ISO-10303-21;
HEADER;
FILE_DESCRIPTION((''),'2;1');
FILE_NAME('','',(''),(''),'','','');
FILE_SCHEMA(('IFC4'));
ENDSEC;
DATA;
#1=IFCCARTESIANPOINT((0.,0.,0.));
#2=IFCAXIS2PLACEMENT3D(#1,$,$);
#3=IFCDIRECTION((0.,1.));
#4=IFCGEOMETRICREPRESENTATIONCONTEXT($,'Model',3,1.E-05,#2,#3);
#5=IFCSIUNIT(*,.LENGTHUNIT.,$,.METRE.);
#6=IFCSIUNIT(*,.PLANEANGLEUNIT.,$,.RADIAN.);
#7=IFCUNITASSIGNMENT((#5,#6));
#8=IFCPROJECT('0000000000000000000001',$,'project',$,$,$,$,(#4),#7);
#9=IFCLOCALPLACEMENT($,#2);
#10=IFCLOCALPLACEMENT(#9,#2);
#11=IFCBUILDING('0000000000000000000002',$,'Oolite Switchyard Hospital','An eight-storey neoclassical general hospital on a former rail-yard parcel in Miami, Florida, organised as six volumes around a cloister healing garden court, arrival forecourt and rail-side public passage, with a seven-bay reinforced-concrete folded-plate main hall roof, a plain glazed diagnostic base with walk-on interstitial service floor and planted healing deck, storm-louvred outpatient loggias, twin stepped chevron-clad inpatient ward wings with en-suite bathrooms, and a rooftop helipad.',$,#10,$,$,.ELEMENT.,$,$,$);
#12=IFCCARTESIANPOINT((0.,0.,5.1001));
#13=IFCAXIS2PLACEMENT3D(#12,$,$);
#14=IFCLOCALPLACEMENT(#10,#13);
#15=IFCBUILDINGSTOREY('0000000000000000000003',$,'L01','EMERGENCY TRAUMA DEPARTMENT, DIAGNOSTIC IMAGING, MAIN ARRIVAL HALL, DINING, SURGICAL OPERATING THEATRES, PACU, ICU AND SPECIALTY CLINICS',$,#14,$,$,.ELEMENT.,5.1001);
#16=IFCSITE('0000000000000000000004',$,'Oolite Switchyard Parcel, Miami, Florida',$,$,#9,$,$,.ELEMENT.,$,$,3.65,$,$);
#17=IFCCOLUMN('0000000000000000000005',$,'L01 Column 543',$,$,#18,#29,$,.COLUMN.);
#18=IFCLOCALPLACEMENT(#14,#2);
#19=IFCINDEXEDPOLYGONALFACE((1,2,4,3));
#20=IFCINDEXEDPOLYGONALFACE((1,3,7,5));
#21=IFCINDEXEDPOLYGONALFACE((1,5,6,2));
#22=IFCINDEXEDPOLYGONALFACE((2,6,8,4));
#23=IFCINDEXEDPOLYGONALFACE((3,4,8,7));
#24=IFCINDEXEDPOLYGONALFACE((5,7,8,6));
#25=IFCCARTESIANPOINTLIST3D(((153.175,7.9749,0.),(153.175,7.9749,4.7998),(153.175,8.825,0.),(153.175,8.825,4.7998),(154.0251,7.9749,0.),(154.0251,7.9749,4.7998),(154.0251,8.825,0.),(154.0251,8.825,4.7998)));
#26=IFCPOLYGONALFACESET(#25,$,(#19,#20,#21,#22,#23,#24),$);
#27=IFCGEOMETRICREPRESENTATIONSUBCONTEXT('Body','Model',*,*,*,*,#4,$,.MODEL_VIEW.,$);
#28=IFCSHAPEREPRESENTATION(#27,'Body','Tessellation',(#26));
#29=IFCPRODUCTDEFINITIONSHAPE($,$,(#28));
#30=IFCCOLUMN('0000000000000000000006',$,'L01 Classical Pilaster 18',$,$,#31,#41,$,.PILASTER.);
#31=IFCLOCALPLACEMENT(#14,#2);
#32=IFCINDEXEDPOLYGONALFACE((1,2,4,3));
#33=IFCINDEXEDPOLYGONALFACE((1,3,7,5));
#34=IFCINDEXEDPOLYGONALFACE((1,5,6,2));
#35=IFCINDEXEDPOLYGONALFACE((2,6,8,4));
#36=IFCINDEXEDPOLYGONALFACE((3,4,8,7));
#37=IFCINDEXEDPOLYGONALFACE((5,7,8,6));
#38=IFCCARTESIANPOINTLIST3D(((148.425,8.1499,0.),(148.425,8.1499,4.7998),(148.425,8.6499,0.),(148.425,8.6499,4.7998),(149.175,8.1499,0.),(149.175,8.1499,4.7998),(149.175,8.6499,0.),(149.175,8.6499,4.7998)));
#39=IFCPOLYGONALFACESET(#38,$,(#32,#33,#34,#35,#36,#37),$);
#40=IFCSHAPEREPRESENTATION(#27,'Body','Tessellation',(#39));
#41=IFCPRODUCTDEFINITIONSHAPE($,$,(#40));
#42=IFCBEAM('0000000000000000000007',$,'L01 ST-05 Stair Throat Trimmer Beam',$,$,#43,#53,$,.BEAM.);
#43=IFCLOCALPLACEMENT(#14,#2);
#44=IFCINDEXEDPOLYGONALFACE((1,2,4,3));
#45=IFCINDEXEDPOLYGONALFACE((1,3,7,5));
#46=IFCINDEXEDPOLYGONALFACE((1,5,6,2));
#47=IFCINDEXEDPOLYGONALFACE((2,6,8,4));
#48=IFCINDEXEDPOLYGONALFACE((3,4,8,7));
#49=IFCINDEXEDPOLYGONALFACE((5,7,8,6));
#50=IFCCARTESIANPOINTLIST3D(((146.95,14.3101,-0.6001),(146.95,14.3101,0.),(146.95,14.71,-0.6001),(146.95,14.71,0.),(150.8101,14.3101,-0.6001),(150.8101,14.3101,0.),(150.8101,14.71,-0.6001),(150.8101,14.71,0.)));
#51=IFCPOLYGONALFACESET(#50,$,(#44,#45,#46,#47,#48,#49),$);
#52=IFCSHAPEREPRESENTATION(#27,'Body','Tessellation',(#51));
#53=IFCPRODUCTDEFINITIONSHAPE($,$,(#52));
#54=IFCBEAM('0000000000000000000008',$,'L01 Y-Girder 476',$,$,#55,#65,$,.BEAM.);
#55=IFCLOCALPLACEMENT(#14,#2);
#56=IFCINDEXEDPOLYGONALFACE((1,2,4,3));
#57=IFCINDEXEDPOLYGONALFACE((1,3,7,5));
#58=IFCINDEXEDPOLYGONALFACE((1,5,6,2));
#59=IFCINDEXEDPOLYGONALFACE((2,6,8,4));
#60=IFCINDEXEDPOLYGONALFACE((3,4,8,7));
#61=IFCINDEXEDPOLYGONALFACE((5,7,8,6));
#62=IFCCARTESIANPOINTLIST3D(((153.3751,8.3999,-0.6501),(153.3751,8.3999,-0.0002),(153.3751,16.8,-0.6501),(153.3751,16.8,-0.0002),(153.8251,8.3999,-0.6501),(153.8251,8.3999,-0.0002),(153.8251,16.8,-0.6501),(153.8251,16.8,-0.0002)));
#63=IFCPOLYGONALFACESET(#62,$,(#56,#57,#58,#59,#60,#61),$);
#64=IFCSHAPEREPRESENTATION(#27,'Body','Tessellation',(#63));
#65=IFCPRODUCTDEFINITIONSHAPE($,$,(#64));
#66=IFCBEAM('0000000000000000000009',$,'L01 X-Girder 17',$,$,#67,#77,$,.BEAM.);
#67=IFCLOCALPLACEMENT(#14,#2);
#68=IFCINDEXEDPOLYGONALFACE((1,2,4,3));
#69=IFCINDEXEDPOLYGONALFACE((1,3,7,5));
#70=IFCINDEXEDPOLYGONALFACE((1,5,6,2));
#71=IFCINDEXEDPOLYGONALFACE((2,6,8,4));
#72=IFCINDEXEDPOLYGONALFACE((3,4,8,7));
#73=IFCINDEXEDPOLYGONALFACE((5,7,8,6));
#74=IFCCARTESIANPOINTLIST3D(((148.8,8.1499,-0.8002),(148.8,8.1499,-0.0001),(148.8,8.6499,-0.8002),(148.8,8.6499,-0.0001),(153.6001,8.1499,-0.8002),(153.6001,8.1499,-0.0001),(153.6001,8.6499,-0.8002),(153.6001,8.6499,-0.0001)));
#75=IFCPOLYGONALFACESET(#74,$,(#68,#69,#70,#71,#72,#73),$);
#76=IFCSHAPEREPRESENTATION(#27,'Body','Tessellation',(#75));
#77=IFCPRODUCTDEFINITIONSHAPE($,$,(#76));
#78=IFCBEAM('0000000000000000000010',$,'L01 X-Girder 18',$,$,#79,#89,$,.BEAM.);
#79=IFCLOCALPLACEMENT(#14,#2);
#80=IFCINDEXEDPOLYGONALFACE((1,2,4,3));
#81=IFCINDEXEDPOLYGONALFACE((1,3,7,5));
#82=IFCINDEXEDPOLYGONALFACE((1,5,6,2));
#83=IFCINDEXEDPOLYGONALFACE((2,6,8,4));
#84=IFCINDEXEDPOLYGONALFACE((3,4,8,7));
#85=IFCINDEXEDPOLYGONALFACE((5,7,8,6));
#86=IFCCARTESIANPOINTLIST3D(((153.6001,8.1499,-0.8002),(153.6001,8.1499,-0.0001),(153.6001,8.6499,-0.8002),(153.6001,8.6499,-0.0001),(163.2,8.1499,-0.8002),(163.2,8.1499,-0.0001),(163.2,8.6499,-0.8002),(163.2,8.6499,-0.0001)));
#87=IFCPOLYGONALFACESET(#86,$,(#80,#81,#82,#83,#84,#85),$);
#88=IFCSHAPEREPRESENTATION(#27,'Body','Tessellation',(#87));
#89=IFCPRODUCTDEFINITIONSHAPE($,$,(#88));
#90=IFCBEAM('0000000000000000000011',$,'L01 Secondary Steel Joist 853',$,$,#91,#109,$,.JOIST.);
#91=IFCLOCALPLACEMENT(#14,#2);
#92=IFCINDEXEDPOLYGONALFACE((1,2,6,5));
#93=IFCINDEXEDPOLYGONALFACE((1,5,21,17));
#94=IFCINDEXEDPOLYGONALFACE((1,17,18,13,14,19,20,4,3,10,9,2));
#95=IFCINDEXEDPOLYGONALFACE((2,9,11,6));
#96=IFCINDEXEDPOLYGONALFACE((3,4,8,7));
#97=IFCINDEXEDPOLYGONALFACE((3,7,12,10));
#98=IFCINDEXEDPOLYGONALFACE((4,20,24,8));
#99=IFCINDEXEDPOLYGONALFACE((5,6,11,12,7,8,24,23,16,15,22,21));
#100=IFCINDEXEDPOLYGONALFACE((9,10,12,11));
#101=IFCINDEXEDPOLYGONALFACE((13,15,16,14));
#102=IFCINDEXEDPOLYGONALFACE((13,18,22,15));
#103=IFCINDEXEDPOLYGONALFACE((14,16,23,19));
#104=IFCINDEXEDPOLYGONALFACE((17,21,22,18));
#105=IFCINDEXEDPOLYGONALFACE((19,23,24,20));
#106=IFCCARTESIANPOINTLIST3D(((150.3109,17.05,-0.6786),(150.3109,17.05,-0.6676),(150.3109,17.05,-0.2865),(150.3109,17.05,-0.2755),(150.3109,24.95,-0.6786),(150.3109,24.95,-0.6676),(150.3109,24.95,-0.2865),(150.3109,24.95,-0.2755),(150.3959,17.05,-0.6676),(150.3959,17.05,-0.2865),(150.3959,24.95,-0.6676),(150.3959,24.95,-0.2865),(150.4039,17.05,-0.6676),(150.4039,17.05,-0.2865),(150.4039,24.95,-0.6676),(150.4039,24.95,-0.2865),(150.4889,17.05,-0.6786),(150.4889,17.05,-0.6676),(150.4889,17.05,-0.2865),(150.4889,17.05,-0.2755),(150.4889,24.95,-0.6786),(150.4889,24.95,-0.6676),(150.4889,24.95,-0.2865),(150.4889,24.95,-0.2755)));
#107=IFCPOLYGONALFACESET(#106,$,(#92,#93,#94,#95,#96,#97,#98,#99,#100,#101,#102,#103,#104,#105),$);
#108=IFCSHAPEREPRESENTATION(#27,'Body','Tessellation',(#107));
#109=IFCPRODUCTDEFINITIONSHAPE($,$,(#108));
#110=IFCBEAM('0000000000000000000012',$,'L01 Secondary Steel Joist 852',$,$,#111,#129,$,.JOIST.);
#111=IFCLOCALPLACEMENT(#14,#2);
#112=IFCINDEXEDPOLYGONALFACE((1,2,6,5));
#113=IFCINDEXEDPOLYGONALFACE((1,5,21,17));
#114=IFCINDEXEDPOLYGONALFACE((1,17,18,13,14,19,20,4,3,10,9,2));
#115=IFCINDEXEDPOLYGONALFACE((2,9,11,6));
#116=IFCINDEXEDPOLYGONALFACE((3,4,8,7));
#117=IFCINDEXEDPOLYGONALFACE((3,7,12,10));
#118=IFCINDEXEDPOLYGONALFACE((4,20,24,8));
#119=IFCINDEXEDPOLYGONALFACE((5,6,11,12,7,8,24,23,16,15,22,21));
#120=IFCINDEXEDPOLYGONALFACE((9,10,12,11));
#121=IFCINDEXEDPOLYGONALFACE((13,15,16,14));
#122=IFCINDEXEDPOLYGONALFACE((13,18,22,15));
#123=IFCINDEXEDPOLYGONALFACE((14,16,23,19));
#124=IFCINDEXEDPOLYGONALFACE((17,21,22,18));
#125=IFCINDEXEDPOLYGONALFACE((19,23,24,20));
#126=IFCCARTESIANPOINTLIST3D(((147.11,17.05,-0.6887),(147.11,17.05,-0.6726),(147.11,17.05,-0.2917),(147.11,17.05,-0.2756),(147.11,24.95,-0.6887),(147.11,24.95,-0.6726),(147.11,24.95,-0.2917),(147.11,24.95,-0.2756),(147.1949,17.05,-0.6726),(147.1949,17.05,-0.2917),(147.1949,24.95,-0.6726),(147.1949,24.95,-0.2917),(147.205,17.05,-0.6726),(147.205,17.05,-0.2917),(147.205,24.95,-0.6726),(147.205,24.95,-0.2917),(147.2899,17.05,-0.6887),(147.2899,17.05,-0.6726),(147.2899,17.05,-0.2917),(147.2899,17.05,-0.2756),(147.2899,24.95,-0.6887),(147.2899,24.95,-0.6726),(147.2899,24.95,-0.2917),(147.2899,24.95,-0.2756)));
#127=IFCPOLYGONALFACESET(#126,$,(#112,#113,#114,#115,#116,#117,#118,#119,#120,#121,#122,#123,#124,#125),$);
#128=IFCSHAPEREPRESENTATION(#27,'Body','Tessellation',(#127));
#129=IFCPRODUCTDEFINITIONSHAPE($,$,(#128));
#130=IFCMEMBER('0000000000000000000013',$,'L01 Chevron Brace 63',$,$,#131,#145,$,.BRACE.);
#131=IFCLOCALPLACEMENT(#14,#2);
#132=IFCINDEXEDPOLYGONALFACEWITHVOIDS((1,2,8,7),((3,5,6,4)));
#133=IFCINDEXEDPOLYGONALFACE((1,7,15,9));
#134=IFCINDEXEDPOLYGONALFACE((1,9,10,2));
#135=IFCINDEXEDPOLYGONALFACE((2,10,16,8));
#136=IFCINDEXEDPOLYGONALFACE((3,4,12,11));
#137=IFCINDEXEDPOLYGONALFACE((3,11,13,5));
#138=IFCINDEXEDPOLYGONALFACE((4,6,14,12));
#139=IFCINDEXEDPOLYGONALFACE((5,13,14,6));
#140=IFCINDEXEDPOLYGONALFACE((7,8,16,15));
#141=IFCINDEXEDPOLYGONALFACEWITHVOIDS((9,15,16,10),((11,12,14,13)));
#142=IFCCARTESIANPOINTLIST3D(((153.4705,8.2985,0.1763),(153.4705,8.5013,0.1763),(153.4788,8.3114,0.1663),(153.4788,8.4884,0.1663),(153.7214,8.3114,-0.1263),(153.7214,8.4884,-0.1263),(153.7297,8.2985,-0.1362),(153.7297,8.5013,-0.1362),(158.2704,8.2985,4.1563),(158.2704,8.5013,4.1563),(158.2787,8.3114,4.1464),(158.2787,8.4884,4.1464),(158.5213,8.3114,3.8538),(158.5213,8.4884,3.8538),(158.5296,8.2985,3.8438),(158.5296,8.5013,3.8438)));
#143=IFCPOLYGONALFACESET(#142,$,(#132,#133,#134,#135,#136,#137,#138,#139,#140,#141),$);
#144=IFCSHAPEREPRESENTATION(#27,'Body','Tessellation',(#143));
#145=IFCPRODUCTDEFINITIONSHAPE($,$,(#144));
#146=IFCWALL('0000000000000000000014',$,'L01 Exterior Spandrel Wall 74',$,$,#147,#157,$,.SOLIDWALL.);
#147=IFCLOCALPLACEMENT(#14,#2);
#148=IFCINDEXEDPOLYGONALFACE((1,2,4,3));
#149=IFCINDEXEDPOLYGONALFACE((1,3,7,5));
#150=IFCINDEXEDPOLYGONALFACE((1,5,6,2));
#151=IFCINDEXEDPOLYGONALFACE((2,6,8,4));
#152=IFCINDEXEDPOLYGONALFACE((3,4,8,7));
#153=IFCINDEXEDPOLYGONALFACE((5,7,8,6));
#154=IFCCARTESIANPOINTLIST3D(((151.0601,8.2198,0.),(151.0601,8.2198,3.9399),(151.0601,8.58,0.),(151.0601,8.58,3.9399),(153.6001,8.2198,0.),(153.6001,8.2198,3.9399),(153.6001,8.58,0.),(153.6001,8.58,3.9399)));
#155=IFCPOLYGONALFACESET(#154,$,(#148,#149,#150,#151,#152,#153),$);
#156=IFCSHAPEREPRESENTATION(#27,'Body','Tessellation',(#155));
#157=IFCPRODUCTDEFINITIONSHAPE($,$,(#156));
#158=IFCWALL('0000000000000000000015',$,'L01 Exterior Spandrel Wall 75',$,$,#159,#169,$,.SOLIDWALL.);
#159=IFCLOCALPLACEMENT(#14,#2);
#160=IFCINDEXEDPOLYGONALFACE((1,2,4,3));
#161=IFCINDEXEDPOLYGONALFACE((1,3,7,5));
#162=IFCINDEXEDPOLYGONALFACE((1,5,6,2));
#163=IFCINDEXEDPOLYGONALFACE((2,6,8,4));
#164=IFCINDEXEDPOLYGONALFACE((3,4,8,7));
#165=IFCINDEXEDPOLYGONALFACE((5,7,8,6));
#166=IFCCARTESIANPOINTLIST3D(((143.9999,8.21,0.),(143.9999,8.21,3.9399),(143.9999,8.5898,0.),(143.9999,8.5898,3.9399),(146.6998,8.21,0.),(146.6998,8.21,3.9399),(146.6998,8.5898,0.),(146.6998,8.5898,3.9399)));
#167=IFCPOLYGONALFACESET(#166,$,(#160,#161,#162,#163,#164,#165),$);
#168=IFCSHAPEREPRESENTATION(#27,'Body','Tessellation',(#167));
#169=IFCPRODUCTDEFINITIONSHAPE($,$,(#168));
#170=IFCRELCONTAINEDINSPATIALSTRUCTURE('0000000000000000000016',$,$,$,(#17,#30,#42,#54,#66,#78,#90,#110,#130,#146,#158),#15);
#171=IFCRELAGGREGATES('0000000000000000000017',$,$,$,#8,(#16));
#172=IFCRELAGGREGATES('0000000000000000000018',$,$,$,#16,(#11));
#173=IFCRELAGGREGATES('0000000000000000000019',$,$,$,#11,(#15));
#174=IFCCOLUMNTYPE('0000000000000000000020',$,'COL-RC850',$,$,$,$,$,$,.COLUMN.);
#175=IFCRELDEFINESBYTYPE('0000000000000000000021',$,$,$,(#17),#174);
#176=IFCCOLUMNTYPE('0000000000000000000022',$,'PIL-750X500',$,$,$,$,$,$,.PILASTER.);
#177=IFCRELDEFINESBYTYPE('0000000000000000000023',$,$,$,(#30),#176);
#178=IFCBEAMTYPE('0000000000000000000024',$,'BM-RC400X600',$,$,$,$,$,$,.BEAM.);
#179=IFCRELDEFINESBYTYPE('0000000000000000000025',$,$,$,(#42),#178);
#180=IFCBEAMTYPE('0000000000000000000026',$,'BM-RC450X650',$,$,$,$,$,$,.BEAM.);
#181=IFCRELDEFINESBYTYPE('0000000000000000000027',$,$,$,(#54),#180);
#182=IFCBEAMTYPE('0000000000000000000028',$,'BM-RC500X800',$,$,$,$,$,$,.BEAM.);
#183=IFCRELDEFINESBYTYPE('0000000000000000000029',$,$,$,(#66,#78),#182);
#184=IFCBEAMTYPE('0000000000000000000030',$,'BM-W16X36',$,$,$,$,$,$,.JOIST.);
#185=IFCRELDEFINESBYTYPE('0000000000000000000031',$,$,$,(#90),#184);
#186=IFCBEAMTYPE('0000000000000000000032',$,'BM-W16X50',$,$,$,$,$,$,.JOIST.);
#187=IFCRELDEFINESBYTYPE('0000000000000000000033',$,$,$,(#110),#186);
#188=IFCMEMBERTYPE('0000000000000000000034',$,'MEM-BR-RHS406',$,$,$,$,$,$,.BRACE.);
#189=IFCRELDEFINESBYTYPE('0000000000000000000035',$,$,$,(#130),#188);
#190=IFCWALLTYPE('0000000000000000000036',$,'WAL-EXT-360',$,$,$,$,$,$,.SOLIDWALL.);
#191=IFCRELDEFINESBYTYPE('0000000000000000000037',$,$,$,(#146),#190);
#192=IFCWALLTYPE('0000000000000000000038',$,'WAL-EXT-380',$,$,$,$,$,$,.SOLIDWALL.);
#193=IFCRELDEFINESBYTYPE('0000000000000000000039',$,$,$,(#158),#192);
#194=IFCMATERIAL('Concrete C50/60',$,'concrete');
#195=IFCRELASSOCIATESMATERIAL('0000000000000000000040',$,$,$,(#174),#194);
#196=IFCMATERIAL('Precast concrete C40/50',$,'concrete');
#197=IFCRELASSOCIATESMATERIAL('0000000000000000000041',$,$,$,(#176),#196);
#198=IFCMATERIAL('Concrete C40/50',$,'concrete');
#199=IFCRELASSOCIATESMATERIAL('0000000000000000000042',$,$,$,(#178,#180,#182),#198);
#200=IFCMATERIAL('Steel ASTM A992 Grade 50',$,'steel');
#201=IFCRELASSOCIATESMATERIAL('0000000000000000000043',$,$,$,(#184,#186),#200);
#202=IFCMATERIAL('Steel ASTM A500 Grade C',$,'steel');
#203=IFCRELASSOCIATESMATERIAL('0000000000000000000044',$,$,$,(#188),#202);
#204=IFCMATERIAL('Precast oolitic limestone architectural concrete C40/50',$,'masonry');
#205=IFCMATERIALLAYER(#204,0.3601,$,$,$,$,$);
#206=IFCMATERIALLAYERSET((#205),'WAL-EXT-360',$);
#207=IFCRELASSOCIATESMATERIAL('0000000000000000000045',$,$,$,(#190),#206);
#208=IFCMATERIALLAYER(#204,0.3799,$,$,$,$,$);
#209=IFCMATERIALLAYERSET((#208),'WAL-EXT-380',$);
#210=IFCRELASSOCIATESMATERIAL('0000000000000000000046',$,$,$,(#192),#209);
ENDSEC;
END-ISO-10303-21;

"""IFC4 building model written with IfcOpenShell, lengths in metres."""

from ifc_helpers import new_model, si_unit, direction, frame, frame_2d, origin, origin_2d, place, context, subcontext, project, spatial, rectangle, hollow_rectangle, i_section, extrude, material, layer, layer_set, material_profile, profile_set, type_object, element, save


model = new_model("IFC4")

# Units and contexts
model_context = context("Model", 3, precision=1e-05, world=origin(), true_north=direction((0.0, 1.0)))
body_context = subcontext(model_context, "Body", "Model", "MODEL_VIEW")
ifc_project = project(units=[si_unit("LENGTHUNIT", "METRE"), si_unit("PLANEANGLEUNIT", "RADIAN")], contexts=[model_context])

# Site, building, storey
site_placement = place(None, origin())
site = spatial("IfcSite", under=ifc_project, at=site_placement, Name="Oolite Switchyard Parcel, Miami, Florida", CompositionType="ELEMENT", RefElevation=3.65)
building_placement = place(site_placement, origin())
building = spatial("IfcBuilding", under=site, at=building_placement, Name="Oolite Switchyard Hospital", Description="An eight-storey neoclassical general hospital on a former rail-yard parcel in Miami, Florida, organised as six volumes around a cloister healing garden court, arrival forecourt and rail-side public passage, with a seven-bay reinforced-concrete folded-plate main hall roof, a plain glazed diagnostic base with walk-on interstitial service floor and planted healing deck, storm-louvred outpatient loggias, twin stepped chevron-clad inpatient ward wings with en-suite bathrooms, and a rooftop helipad.", CompositionType="ELEMENT")
storey_placement = place(building_placement, frame((0.0, 0.0, 5.1001)))
storey = spatial("IfcBuildingStorey", under=building, at=storey_placement, Name="L01", Description="EMERGENCY TRAUMA DEPARTMENT, DIAGNOSTIC IMAGING, MAIN ARRIVAL HALL, DINING, SURGICAL OPERATING THEATRES, PACU, ICU AND SPECIALTY CLINICS", CompositionType="ELEMENT", Elevation=5.1001)

# Columns
ifc_material_1 = material(Name="Concrete C50/60", Category="concrete")
ifc_material_profile_1 = material_profile(ifc_material_1, rectangle(XDim=0.8501, YDim=0.8501, at=origin_2d()), Name="RC850X850")
ifc_profile_set_1 = profile_set([ifc_material_profile_1], Name="Concrete C50/60")
column_type_1 = type_object("IfcColumnType", Name="COL-RC850", PredefinedType="COLUMN", material=ifc_profile_set_1)
column_1_placement = place(storey_placement, frame((153.6001, 8.3999, 0.0), z_axis=(0.0, 0.0, 1.0), x_axis=(1.0, 0.0, 0.0)))
element("IfcColumn", 1, at=column_1_placement, inside=storey, type_object=column_type_1, Name="L01 Column 543", PredefinedType="COLUMN", context=body_context, shape_type="SweptSolid", body=[
    extrude(rectangle(XDim=0.8501, YDim=0.8501, at=origin_2d()), origin(), (0.0, 0.0, 1.0), 4.7998),
])
ifc_material_2 = material(Name="Precast concrete C40/50", Category="concrete")
ifc_material_profile_2 = material_profile(ifc_material_2, rectangle(XDim=0.75, YDim=0.5, at=origin_2d()), Name="PIL750X500")
ifc_profile_set_2 = profile_set([ifc_material_profile_2], Name="Precast concrete C40/50")
column_type_2 = type_object("IfcColumnType", Name="PIL-750X500", PredefinedType="PILASTER", material=ifc_profile_set_2)
column_2_placement = place(storey_placement, frame((148.8, 8.3999, 0.0), z_axis=(0.0, 0.0, 1.0), x_axis=(1.0, 0.0, 0.0)))
element("IfcColumn", 2, at=column_2_placement, inside=storey, type_object=column_type_2, Name="L01 Classical Pilaster 18", PredefinedType="PILASTER", context=body_context, shape_type="SweptSolid", body=[
    extrude(rectangle(XDim=0.75, YDim=0.5, at=origin_2d()), origin(), (0.0, 0.0, 1.0), 4.7998),
])

# Beams
ifc_material_3 = material(Name="Concrete C40/50", Category="concrete")
ifc_material_profile_3 = material_profile(ifc_material_3, rectangle(XDim=0.3999, YDim=0.6001, at=origin_2d()), Name="RCB400X600")
ifc_profile_set_3 = profile_set([ifc_material_profile_3], Name="Concrete C40/50")
beam_type_1 = type_object("IfcBeamType", Name="BM-RC400X600", PredefinedType="BEAM", material=ifc_profile_set_3)
beam_1_placement = place(storey_placement, frame((146.95, 14.51, -0.3), z_axis=(1.0, 0.0, 0.0), x_axis=(0.0, 1.0, 0.0)))
element("IfcBeam", 3, at=beam_1_placement, inside=storey, type_object=beam_type_1, Name="L01 ST-05 Stair Throat Trimmer Beam", PredefinedType="BEAM", context=body_context, shape_type="SweptSolid", body=[
    extrude(rectangle(XDim=0.3999, YDim=0.6001, at=origin_2d()), origin(), (0.0, 0.0, 1.0), 3.8601),
])
ifc_material_profile_4 = material_profile(ifc_material_3, rectangle(XDim=0.45, YDim=0.6499, at=origin_2d()), Name="RCB450X650")
ifc_profile_set_4 = profile_set([ifc_material_profile_4], Name="Concrete C40/50")
beam_type_2 = type_object("IfcBeamType", Name="BM-RC450X650", PredefinedType="BEAM", material=ifc_profile_set_4)
beam_2_placement = place(storey_placement, frame((153.6001, 8.3999, -0.3252), z_axis=(0.0, 1.0, 0.0), x_axis=(-1.0, 0.0, 0.0)))
element("IfcBeam", 4, at=beam_2_placement, inside=storey, type_object=beam_type_2, Name="L01 Y-Girder 476", PredefinedType="BEAM", context=body_context, shape_type="SweptSolid", body=[
    extrude(rectangle(XDim=0.45, YDim=0.6499, at=origin_2d()), origin(), (0.0, 0.0, 1.0), 8.4001),
])
ifc_material_profile_5 = material_profile(ifc_material_3, rectangle(XDim=0.5, YDim=0.8, at=origin_2d()), Name="RCB500X800")
ifc_profile_set_5 = profile_set([ifc_material_profile_5], Name="Concrete C40/50")
beam_type_3 = type_object("IfcBeamType", Name="BM-RC500X800", PredefinedType="BEAM", material=ifc_profile_set_5)
beam_3_placement = place(storey_placement, frame((148.8, 8.3999, -0.4001), z_axis=(1.0, 0.0, 0.0), x_axis=(0.0, 1.0, 0.0)))
element("IfcBeam", 5, at=beam_3_placement, inside=storey, type_object=beam_type_3, Name="L01 X-Girder 17", PredefinedType="BEAM", context=body_context, shape_type="SweptSolid", body=[
    extrude(rectangle(XDim=0.5, YDim=0.8, at=origin_2d()), origin(), (0.0, 0.0, 1.0), 4.8),
])
beam_4_placement = place(storey_placement, frame((153.6001, 8.3999, -0.4001), z_axis=(1.0, 0.0, 0.0), x_axis=(0.0, 1.0, 0.0)))
element("IfcBeam", 6, at=beam_4_placement, inside=storey, type_object=beam_type_3, Name="L01 X-Girder 18", PredefinedType="BEAM", context=body_context, shape_type="SweptSolid", body=[
    extrude(rectangle(XDim=0.5, YDim=0.8, at=origin_2d()), origin(), (0.0, 0.0, 1.0), 9.5999),
])
ifc_material_4 = material(Name="Steel ASTM A992 Grade 50", Category="steel")
ifc_material_profile_6 = material_profile(ifc_material_4, i_section(OverallWidth=0.178, OverallDepth=0.4031, WebThickness=0.0081, FlangeThickness=0.011, at=origin_2d()), Name="W16X36")
ifc_profile_set_6 = profile_set([ifc_material_profile_6], Name="Steel ASTM A992 Grade 50")
beam_type_4 = type_object("IfcBeamType", Name="BM-W16X36", PredefinedType="JOIST", material=ifc_profile_set_6)
beam_5_placement = place(storey_placement, frame((150.3999, 17.05, -0.4771), z_axis=(0.0, 1.0, 0.0), x_axis=(-1.0, 0.0, 0.0)))
element("IfcBeam", 7, at=beam_5_placement, inside=storey, type_object=beam_type_4, Name="L01 Secondary Steel Joist 853", PredefinedType="JOIST", context=body_context, shape_type="SweptSolid", body=[
    extrude(i_section(OverallWidth=0.178, OverallDepth=0.4031, WebThickness=0.0081, FlangeThickness=0.011, at=origin_2d()), origin(), (0.0, 0.0, 1.0), 7.8999),
])
ifc_material_profile_7 = material_profile(ifc_material_4, i_section(OverallWidth=0.1799, OverallDepth=0.4131, WebThickness=0.01, FlangeThickness=0.0161, at=origin_2d()), Name="W16X50")
ifc_profile_set_7 = profile_set([ifc_material_profile_7], Name="Steel ASTM A992 Grade 50")
beam_type_5 = type_object("IfcBeamType", Name="BM-W16X50", PredefinedType="JOIST", material=ifc_profile_set_7)
beam_6_placement = place(storey_placement, frame((147.2, 17.05, -0.4822), z_axis=(0.0, 1.0, 0.0), x_axis=(-1.0, 0.0, 0.0)))
element("IfcBeam", 8, at=beam_6_placement, inside=storey, type_object=beam_type_5, Name="L01 Secondary Steel Joist 852", PredefinedType="JOIST", context=body_context, shape_type="SweptSolid", body=[
    extrude(i_section(OverallWidth=0.1799, OverallDepth=0.4131, WebThickness=0.01, FlangeThickness=0.0161, at=origin_2d()), origin(), (0.0, 0.0, 1.0), 7.8999),
])

# Member
ifc_material_5 = material(Name="Steel ASTM A500 Grade C", Category="steel")
ifc_material_profile_8 = material_profile(ifc_material_5, hollow_rectangle(XDim=0.2029, YDim=0.406, WallThickness=0.0129, at=origin_2d()), Name="HSS406X203X13")
ifc_profile_set_8 = profile_set([ifc_material_profile_8], Name="Steel ASTM A500 Grade C")
member_type = type_object("IfcMemberType", Name="MEM-BR-RHS406", PredefinedType="BRACE", material=ifc_profile_set_8)
member_placement = place(storey_placement, frame((153.6001, 8.3999, 0.02), z_axis=(0.769785, 0.0, 0.638303), x_axis=(0.0, 1.0, 0.0)))
element("IfcMember", 9, at=member_placement, inside=storey, type_object=member_type, Name="L01 Chevron Brace 63", PredefinedType="BRACE", context=body_context, shape_type="SweptSolid", body=[
    extrude(hollow_rectangle(XDim=0.2029, YDim=0.406, WallThickness=0.0129, at=origin_2d()), origin(), (0.0, 0.0, 1.0), 6.2354),
])

# Walls
ifc_material_6 = material(Name="Precast oolitic limestone architectural concrete C40/50", Category="masonry")
ifc_layer_1 = layer(ifc_material_6, 0.3601)
ifc_layer_set_1 = layer_set([ifc_layer_1], Name="WAL-EXT-360")
wall_type_1 = type_object("IfcWallType", Name="WAL-EXT-360", PredefinedType="SOLIDWALL", material=ifc_layer_set_1)
wall_1_placement = place(storey_placement, frame((153.6001, 8.3999, 0.0), z_axis=(0.0, 0.0, 1.0), x_axis=(-1.0, 0.0, 0.0)))
element("IfcWall", 10, at=wall_1_placement, inside=storey, type_object=wall_type_1, Name="L01 Exterior Spandrel Wall 74", PredefinedType="SOLIDWALL", context=body_context, shape_type="SweptSolid", body=[
    extrude(rectangle(XDim=2.54, YDim=0.3601, at=frame_2d((1.27, 0.0))), origin(), (0.0, 0.0, 1.0), 3.9399),
])
ifc_layer_2 = layer(ifc_material_6, 0.3799)
ifc_layer_set_2 = layer_set([ifc_layer_2], Name="WAL-EXT-380")
wall_type_2 = type_object("IfcWallType", Name="WAL-EXT-380", PredefinedType="SOLIDWALL", material=ifc_layer_set_2)
wall_2_placement = place(storey_placement, frame((146.7, 8.3999, 0.0), z_axis=(0.0, 0.0, 1.0), x_axis=(-1.0, 0.0, 0.0)))
element("IfcWall", 11, at=wall_2_placement, inside=storey, type_object=wall_type_2, Name="L01 Exterior Spandrel Wall 75", PredefinedType="SOLIDWALL", context=body_context, shape_type="SweptSolid", body=[
    extrude(rectangle(XDim=2.7, YDim=0.3799, at=frame_2d((1.3501, 0.0))), origin(), (0.0, 0.0, 1.0), 3.9399),
])

save(model, "model.ifc")
